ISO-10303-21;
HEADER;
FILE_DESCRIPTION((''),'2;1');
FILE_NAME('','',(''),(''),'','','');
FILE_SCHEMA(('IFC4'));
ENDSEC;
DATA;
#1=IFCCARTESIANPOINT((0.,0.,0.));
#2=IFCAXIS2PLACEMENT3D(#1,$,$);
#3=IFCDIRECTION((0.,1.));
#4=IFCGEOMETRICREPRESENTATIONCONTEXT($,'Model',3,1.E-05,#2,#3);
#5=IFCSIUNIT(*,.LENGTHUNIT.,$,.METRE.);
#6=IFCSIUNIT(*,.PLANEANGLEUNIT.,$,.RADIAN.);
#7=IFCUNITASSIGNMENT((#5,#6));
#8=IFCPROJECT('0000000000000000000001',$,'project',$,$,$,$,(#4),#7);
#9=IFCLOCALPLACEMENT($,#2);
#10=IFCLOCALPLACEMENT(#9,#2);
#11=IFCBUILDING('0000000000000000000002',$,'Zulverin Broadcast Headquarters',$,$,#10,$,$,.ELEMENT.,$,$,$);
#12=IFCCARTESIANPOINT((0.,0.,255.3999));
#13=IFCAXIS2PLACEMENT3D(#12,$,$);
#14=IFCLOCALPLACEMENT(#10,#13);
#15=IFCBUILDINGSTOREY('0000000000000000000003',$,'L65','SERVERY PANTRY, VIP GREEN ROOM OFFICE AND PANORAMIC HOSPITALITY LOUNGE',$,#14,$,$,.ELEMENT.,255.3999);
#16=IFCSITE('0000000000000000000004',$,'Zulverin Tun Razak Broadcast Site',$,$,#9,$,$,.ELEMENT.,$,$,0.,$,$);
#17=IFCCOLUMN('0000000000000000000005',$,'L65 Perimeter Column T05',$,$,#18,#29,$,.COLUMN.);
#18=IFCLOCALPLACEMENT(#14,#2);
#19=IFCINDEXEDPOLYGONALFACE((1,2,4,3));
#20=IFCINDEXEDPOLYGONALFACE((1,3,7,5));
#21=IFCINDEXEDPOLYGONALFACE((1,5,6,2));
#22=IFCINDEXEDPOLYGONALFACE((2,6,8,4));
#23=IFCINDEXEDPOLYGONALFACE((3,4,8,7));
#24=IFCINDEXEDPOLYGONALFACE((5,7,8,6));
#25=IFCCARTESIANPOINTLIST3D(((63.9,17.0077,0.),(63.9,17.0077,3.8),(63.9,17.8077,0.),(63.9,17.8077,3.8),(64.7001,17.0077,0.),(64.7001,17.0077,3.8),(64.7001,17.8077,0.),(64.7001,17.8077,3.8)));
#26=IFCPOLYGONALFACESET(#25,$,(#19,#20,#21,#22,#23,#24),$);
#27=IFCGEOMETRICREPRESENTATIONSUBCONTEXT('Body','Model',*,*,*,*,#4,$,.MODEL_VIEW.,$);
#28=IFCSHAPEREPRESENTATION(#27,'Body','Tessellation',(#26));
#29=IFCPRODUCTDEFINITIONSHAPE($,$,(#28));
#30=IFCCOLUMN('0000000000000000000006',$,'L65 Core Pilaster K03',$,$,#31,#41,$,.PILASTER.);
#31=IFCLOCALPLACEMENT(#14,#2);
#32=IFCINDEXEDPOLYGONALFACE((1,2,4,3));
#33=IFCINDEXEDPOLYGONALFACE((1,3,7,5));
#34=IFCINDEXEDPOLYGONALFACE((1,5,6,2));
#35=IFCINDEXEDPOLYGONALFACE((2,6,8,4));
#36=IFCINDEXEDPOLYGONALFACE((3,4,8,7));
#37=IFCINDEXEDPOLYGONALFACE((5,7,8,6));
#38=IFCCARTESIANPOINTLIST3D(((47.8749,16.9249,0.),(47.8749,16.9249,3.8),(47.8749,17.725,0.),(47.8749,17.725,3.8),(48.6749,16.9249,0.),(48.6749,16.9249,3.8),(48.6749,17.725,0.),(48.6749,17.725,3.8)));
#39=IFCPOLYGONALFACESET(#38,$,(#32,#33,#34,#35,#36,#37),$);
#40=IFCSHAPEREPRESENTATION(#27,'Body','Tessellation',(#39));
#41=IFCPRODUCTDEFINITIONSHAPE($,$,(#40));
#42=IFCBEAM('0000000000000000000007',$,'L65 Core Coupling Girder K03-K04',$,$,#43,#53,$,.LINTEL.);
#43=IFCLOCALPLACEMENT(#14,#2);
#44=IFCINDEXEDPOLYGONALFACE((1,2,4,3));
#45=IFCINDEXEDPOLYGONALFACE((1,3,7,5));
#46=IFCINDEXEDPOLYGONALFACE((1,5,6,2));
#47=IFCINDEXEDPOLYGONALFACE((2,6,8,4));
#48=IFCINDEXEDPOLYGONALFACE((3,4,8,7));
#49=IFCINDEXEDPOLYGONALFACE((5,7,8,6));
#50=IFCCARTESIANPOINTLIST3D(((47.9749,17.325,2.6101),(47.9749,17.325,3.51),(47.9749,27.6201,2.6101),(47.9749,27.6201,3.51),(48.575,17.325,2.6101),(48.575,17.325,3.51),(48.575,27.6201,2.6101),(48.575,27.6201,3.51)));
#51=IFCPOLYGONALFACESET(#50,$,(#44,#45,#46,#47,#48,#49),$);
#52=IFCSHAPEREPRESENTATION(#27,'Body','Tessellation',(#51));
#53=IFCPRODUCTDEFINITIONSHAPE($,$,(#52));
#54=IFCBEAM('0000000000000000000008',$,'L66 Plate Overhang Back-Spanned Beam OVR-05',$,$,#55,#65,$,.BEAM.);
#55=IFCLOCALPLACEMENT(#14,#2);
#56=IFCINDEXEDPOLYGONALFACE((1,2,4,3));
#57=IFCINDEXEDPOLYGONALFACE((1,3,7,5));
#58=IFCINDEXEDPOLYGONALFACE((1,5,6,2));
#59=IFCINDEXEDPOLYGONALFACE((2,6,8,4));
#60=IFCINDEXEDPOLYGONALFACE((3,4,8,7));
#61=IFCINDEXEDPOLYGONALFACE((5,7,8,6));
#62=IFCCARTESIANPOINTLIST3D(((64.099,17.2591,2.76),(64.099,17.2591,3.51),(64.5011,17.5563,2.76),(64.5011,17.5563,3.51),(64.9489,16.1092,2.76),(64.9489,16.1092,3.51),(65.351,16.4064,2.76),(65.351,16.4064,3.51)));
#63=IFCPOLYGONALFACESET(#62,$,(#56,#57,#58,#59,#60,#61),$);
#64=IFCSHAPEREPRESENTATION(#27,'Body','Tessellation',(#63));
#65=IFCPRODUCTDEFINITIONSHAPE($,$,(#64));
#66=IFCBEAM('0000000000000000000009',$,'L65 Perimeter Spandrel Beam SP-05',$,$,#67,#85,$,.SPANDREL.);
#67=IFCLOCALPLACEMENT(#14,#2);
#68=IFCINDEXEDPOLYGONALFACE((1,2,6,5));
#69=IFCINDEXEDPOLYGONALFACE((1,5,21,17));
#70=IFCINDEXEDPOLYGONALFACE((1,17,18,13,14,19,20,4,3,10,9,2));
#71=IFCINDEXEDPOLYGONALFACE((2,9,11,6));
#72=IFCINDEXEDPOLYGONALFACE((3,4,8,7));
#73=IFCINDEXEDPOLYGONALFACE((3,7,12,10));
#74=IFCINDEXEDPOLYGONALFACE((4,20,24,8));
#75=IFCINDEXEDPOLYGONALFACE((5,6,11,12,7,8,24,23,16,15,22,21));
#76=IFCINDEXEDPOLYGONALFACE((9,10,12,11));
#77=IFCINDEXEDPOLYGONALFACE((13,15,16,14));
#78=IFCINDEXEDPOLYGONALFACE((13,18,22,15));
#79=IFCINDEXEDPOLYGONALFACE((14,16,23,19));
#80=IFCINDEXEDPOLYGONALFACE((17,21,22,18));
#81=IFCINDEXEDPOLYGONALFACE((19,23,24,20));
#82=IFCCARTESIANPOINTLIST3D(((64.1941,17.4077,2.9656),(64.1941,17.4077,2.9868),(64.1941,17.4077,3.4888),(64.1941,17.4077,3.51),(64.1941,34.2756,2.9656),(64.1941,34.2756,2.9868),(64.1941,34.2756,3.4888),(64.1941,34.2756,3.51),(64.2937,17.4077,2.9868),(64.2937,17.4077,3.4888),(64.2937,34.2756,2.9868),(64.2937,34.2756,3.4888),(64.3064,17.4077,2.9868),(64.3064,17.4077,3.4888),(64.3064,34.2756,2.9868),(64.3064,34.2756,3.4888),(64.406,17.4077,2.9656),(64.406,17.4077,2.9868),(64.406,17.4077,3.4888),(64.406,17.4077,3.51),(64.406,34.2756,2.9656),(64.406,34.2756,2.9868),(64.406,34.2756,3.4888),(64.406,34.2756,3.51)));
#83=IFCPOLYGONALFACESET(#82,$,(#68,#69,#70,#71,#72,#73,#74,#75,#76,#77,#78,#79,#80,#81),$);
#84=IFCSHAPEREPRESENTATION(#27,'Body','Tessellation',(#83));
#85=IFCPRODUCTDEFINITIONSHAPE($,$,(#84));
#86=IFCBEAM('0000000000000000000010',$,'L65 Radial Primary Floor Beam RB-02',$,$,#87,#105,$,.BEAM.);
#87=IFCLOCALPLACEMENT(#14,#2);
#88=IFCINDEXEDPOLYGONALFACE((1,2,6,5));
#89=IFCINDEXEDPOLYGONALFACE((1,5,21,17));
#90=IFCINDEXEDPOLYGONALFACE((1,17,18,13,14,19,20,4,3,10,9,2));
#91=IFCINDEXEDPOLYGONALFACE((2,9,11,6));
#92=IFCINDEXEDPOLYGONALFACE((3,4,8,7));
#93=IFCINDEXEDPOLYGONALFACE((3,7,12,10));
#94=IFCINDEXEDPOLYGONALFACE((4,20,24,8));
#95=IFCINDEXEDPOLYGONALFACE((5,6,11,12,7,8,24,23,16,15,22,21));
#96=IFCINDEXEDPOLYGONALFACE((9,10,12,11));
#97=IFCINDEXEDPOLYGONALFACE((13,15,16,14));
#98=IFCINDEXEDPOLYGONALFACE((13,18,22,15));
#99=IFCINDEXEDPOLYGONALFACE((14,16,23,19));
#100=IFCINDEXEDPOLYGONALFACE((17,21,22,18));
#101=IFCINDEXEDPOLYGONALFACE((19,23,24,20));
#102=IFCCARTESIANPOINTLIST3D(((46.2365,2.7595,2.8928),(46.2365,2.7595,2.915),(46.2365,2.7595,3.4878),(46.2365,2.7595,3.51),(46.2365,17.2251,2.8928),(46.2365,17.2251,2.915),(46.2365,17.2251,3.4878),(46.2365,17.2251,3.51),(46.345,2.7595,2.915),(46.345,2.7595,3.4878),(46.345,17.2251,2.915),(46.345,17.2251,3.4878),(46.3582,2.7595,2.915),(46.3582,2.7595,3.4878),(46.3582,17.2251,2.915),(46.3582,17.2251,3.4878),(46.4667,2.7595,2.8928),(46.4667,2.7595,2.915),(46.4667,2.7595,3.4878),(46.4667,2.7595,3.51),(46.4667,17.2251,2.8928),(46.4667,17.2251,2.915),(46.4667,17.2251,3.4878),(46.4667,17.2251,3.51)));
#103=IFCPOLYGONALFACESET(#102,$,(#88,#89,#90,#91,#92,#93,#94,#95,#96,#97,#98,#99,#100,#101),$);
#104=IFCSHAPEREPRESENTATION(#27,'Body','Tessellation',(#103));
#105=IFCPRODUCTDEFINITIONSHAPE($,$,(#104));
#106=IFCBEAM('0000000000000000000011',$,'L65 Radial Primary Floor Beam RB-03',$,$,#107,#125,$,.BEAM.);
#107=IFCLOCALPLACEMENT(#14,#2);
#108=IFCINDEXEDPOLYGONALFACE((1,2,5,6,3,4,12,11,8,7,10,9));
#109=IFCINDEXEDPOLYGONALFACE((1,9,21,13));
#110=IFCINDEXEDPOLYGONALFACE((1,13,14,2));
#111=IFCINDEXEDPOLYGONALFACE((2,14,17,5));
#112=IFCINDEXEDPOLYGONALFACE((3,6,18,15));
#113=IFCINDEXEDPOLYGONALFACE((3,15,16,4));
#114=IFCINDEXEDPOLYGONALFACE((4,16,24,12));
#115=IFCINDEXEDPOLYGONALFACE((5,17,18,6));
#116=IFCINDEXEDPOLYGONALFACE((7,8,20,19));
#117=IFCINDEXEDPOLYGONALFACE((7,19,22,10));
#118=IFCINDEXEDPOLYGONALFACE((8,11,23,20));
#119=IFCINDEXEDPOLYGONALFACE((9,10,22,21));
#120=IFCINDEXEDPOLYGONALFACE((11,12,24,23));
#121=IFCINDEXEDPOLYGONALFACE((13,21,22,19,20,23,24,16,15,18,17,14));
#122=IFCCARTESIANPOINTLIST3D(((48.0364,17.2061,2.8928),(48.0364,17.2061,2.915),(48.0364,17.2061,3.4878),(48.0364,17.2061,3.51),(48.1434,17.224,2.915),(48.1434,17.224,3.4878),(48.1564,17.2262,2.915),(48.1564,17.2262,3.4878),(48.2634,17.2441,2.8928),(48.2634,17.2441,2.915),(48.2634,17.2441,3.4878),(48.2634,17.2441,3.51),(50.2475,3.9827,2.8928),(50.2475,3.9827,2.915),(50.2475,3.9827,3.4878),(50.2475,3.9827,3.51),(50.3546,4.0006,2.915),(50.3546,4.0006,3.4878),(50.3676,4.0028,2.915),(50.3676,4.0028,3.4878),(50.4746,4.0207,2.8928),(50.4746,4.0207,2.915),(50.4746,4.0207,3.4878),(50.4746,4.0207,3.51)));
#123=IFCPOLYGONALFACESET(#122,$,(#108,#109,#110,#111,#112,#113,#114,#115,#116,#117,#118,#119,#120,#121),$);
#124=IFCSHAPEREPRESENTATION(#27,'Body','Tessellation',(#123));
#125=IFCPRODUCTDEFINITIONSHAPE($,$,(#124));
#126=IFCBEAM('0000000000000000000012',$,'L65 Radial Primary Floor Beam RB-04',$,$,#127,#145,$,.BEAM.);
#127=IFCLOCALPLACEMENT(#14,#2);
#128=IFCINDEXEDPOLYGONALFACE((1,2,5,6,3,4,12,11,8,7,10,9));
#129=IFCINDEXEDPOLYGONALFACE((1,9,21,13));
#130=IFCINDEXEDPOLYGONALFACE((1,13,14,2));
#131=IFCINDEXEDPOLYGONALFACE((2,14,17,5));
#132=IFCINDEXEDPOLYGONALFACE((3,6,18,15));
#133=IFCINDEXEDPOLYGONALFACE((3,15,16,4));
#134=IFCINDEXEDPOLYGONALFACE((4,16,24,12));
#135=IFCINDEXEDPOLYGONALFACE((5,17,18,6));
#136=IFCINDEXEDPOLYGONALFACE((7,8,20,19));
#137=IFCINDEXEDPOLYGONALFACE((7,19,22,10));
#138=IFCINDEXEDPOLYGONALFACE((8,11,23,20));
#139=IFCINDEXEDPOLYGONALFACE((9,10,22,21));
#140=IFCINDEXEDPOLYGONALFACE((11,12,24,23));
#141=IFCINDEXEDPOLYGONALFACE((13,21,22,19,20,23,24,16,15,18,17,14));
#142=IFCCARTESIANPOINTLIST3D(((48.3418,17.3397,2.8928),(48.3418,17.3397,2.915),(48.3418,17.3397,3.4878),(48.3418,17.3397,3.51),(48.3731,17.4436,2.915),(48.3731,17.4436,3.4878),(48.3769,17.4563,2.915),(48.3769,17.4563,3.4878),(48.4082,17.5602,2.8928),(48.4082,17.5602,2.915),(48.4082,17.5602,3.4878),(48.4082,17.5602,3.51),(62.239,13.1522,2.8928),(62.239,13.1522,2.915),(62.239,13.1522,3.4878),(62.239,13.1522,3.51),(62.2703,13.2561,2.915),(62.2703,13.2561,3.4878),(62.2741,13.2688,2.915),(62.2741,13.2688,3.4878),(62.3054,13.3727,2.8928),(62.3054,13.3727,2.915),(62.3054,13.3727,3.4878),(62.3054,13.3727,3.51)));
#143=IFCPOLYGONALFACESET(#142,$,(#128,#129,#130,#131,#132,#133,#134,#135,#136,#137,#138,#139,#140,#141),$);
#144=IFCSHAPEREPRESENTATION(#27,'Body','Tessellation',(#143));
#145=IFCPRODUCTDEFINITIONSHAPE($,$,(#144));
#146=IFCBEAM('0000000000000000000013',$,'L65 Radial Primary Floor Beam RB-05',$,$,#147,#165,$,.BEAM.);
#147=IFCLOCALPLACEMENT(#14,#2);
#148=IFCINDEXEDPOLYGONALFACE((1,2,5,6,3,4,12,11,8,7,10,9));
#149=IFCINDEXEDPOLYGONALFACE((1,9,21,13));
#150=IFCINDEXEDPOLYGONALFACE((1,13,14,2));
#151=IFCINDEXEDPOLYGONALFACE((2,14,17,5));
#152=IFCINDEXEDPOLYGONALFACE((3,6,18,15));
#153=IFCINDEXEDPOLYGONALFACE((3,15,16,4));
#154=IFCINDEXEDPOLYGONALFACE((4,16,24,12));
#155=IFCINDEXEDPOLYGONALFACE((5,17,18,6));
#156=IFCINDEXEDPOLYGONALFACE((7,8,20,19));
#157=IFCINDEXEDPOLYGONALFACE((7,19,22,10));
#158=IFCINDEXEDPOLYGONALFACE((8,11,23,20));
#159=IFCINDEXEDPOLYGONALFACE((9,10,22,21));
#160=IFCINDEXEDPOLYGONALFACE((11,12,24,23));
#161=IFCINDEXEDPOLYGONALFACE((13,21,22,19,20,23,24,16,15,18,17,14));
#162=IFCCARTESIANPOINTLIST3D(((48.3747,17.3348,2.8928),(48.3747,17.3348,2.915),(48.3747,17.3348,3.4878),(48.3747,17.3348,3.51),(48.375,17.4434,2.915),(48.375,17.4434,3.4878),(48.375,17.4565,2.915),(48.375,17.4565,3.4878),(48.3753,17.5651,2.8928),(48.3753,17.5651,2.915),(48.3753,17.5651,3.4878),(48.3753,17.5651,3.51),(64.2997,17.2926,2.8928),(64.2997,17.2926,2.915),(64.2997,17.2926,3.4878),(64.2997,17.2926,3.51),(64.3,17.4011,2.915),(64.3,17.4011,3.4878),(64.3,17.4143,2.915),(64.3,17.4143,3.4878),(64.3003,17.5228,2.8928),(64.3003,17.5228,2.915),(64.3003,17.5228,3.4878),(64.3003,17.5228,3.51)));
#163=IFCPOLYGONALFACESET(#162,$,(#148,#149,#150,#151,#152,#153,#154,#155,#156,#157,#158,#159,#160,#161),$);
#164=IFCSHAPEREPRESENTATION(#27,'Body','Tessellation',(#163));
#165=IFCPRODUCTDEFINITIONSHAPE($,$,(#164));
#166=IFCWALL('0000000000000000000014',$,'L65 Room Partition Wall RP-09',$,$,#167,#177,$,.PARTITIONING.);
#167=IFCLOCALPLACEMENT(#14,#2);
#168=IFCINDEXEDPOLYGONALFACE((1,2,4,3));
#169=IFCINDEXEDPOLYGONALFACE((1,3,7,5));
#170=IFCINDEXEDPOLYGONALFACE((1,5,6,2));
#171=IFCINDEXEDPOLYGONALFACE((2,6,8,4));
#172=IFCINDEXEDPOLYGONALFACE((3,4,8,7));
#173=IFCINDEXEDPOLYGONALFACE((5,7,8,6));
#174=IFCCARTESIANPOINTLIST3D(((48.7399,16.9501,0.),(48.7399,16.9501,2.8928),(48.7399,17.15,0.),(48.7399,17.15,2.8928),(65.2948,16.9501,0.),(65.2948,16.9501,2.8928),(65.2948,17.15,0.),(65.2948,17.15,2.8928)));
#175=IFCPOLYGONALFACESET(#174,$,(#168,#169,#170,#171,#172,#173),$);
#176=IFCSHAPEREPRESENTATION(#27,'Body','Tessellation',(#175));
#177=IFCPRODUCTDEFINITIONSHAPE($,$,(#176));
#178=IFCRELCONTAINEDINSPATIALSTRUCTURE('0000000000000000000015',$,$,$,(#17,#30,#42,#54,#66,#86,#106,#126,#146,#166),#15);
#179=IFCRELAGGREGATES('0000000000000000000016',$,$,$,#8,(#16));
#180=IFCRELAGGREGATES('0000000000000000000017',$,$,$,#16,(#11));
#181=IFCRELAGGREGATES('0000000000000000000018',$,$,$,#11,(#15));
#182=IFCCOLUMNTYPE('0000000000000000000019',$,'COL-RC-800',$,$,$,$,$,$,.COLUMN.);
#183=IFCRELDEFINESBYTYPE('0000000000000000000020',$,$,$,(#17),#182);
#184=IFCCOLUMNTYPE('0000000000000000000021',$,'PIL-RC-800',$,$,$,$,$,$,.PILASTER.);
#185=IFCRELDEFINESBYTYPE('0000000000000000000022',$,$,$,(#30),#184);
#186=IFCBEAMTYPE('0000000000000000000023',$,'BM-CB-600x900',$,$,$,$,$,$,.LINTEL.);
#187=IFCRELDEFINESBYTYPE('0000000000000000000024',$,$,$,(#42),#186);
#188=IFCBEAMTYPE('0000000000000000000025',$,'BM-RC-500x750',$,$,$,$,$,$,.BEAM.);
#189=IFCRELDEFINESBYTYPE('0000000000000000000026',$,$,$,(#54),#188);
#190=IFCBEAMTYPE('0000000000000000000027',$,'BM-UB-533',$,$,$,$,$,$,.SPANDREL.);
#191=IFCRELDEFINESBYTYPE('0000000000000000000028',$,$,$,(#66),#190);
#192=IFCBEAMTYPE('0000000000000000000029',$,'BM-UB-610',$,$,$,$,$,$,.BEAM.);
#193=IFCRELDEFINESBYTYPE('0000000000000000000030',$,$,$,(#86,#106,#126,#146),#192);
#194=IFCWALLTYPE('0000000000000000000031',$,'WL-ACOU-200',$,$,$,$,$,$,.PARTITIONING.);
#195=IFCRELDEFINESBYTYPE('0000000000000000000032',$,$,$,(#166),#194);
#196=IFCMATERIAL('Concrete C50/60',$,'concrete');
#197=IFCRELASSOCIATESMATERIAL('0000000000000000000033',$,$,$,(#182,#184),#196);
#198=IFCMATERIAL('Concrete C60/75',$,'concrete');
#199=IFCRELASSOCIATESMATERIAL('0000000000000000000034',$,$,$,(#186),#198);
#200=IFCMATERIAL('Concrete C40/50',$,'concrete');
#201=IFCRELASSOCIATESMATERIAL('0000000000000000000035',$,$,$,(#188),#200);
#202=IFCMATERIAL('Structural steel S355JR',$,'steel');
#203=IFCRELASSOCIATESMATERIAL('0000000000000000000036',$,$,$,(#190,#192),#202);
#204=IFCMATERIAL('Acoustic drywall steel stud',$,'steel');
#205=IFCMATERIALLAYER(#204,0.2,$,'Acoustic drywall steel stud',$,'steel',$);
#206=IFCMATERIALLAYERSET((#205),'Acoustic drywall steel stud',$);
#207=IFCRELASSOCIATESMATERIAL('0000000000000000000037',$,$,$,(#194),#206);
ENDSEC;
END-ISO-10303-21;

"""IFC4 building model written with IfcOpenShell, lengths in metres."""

from ifc_helpers import new_model, si_unit, direction, frame, frame_2d, origin, origin_2d, place, context, subcontext, project, spatial, rectangle, i_section, extrude, material, layer, layer_set, material_profile, profile_set, type_object, element, save


model = new_model("IFC4")

# Units and contexts
model_context = context("Model", 3, precision=1e-05, world=origin(), true_north=direction((0.0, 1.0)))
body_context = subcontext(model_context, "Body", "Model", "MODEL_VIEW")
ifc_project = project(units=[si_unit("LENGTHUNIT", "METRE"), si_unit("PLANEANGLEUNIT", "RADIAN")], contexts=[model_context])

# Site, building, storey
site_placement = place(None, origin())
site = spatial("IfcSite", under=ifc_project, at=site_placement, Name="Zulverin Tun Razak Broadcast Site", CompositionType="ELEMENT", RefElevation=0.0)
building_placement = place(site_placement, origin())
building = spatial("IfcBuilding", under=site, at=building_placement, Name="Zulverin Broadcast Headquarters", CompositionType="ELEMENT")
storey_placement = place(building_placement, frame((0.0, 0.0, 255.3999)))
storey = spatial("IfcBuildingStorey", under=building, at=storey_placement, Name="L65", Description="SERVERY PANTRY, VIP GREEN ROOM OFFICE AND PANORAMIC HOSPITALITY LOUNGE", CompositionType="ELEMENT", Elevation=255.3999)

# Columns
ifc_material_1 = material(Name="Concrete C50/60", Category="concrete")
ifc_material_profile_1 = material_profile(ifc_material_1, rectangle(XDim=0.8, YDim=0.8, at=origin_2d()), Name="Concrete C50/60", Category="concrete")
ifc_profile_set_1 = profile_set([ifc_material_profile_1], Name="Concrete C50/60")
column_type_1 = type_object("IfcColumnType", Name="COL-RC-800", PredefinedType="COLUMN", material=ifc_profile_set_1)
column_1_placement = place(storey_placement, frame((64.3, 17.4077, 0.0), z_axis=(0.0, 0.0, 1.0), x_axis=(1.0, 0.0, 0.0)))
element("IfcColumn", 1, at=column_1_placement, inside=storey, type_object=column_type_1, Name="L65 Perimeter Column T05", PredefinedType="COLUMN", context=body_context, shape_type="SweptSolid", body=[
    extrude(rectangle(XDim=0.8, YDim=0.8, at=origin_2d()), origin(), (0.0, 0.0, 1.0), 3.8),
])
ifc_material_profile_2 = material_profile(ifc_material_1, rectangle(XDim=0.8, YDim=0.8, at=origin_2d()), Name="Concrete C50/60", Category="concrete")
ifc_profile_set_2 = profile_set([ifc_material_profile_2], Name="Concrete C50/60")
column_type_2 = type_object("IfcColumnType", Name="PIL-RC-800", PredefinedType="PILASTER", material=ifc_profile_set_2)
column_2_placement = place(storey_placement, frame((48.2749, 17.325, 0.0), z_axis=(0.0, 0.0, 1.0), x_axis=(1.0, 0.0, 0.0)))
element("IfcColumn", 2, at=column_2_placement, inside=storey, type_object=column_type_2, Name="L65 Core Pilaster K03", PredefinedType="PILASTER", context=body_context, shape_type="SweptSolid", body=[
    extrude(rectangle(XDim=0.8, YDim=0.8, at=origin_2d()), origin(), (0.0, 0.0, 1.0), 3.8),
])

# Beams
ifc_material_2 = material(Name="Concrete C60/75", Category="concrete")
ifc_material_profile_3 = material_profile(ifc_material_2, rectangle(XDim=0.6001, YDim=0.8999, at=origin_2d()), Name="Concrete C60/75", Category="concrete")
ifc_profile_set_3 = profile_set([ifc_material_profile_3], Name="Concrete C60/75")
beam_type_1 = type_object("IfcBeamType", Name="BM-CB-600x900", PredefinedType="LINTEL", material=ifc_profile_set_3)
beam_1_placement = place(storey_placement, frame((48.2749, 17.325, 3.0601), z_axis=(0.0, 1.0, 0.0), x_axis=(-1.0, 0.0, 0.0)))
element("IfcBeam", 3, at=beam_1_placement, inside=storey, type_object=beam_type_1, Name="L65 Core Coupling Girder K03-K04", PredefinedType="LINTEL", context=body_context, shape_type="SweptSolid", body=[
    extrude(rectangle(XDim=0.6001, YDim=0.8999, at=origin_2d()), origin(), (0.0, 0.0, 1.0), 10.2952),
])
ifc_material_3 = material(Name="Concrete C40/50", Category="concrete")
ifc_material_profile_4 = material_profile(ifc_material_3, rectangle(XDim=0.5, YDim=0.75, at=origin_2d()), Name="Concrete C40/50", Category="concrete")
ifc_profile_set_4 = profile_set([ifc_material_profile_4], Name="Concrete C40/50")
beam_type_2 = type_object("IfcBeamType", Name="BM-RC-500x750", PredefinedType="BEAM", material=ifc_profile_set_4)
beam_2_placement = place(storey_placement, frame((64.3, 17.4077, 3.135), z_axis=(0.594357, -0.804201, 0.0), x_axis=(0.804201, 0.594357, 0.0)))
element("IfcBeam", 4, at=beam_2_placement, inside=storey, type_object=beam_type_2, Name="L66 Plate Overhang Back-Spanned Beam OVR-05", PredefinedType="BEAM", context=body_context, shape_type="SweptSolid", body=[
    extrude(rectangle(XDim=0.5, YDim=0.75, at=origin_2d()), origin(), (0.0, 0.0, 1.0), 1.4299),
])
ifc_material_4 = material(Name="Structural steel S355JR", Category="steel")
ifc_material_profile_5 = material_profile(ifc_material_4, i_section(OverallWidth=0.2119, OverallDepth=0.5444, WebThickness=0.0127, FlangeThickness=0.0212, at=origin_2d()), Name="Structural steel S355JR", Category="steel")
ifc_profile_set_5 = profile_set([ifc_material_profile_5], Name="Structural steel S355JR")
beam_type_3 = type_object("IfcBeamType", Name="BM-UB-533", PredefinedType="SPANDREL", material=ifc_profile_set_5)
beam_3_placement = place(storey_placement, frame((64.3, 17.4077, 3.2378), z_axis=(0.0, 1.0, 0.0), x_axis=(-1.0, 0.0, 0.0)))
element("IfcBeam", 5, at=beam_3_placement, inside=storey, type_object=beam_type_3, Name="L65 Perimeter Spandrel Beam SP-05", PredefinedType="SPANDREL", context=body_context, shape_type="SweptSolid", body=[
    extrude(i_section(OverallWidth=0.2119, OverallDepth=0.5444, WebThickness=0.0127, FlangeThickness=0.0212, at=origin_2d()), origin(), (0.0, 0.0, 1.0), 16.8679),
])
ifc_material_profile_6 = material_profile(ifc_material_4, i_section(OverallWidth=0.2302, OverallDepth=0.6172, WebThickness=0.0132, FlangeThickness=0.0222, at=origin_2d()), Name="Structural steel S355JR", Category="steel")
ifc_profile_set_6 = profile_set([ifc_material_profile_6], Name="Structural steel S355JR")
beam_type_4 = type_object("IfcBeamType", Name="BM-UB-610", PredefinedType="BEAM", material=ifc_profile_set_6)
beam_4_placement = place(storey_placement, frame((46.3516, 17.2251, 3.2014), z_axis=(0.0, -1.0, 0.0), x_axis=(1.0, 0.0, 0.0)))
element("IfcBeam", 6, at=beam_4_placement, inside=storey, type_object=beam_type_4, Name="L65 Radial Primary Floor Beam RB-02", PredefinedType="BEAM", context=body_context, shape_type="SweptSolid", body=[
    extrude(i_section(OverallWidth=0.2302, OverallDepth=0.6172, WebThickness=0.0132, FlangeThickness=0.0222, at=origin_2d()), origin(), (0.0, 0.0, 1.0), 14.4656),
])
beam_5_placement = place(storey_placement, frame((48.1499, 17.2251, 3.2014), z_axis=(0.164928, -0.986306, 0.0), x_axis=(0.986306, 0.164928, 0.0)))
element("IfcBeam", 7, at=beam_5_placement, inside=storey, type_object=beam_type_4, Name="L65 Radial Primary Floor Beam RB-03", PredefinedType="BEAM", context=body_context, shape_type="SweptSolid", body=[
    extrude(i_section(OverallWidth=0.2302, OverallDepth=0.6172, WebThickness=0.0132, FlangeThickness=0.0222, at=origin_2d()), origin(), (0.0, 0.0, 1.0), 13.407),
])
beam_6_placement = place(storey_placement, frame((48.375, 17.45, 3.2014), z_axis=(0.957478, -0.288507, 0.0), x_axis=(0.288507, 0.957478, 0.0)))
element("IfcBeam", 8, at=beam_6_placement, inside=storey, type_object=beam_type_4, Name="L65 Radial Primary Floor Beam RB-04", PredefinedType="BEAM", context=body_context, shape_type="SweptSolid", body=[
    extrude(i_section(OverallWidth=0.2302, OverallDepth=0.6172, WebThickness=0.0132, FlangeThickness=0.0222, at=origin_2d()), origin(), (0.0, 0.0, 1.0), 14.5144),
])
beam_7_placement = place(storey_placement, frame((48.375, 17.45, 3.2014), z_axis=(0.999996, -0.002652, 0.0), x_axis=(0.002652, 0.999996, 0.0)))
element("IfcBeam", 9, at=beam_7_placement, inside=storey, type_object=beam_type_4, Name="L65 Radial Primary Floor Beam RB-05", PredefinedType="BEAM", context=body_context, shape_type="SweptSolid", body=[
    extrude(i_section(OverallWidth=0.2302, OverallDepth=0.6172, WebThickness=0.0132, FlangeThickness=0.0222, at=origin_2d()), origin(), (0.0, 0.0, 1.0), 15.925),
])

# Wall
ifc_material_5 = material(Name="Acoustic drywall steel stud", Category="steel")
ifc_layer_1 = layer(ifc_material_5, 0.2, Name="Acoustic drywall steel stud", Category="steel")
ifc_layer_set_1 = layer_set([ifc_layer_1], Name="Acoustic drywall steel stud")
wall_type_1 = type_object("IfcWallType", Name="WL-ACOU-200", PredefinedType="PARTITIONING", material=ifc_layer_set_1)
wall_1_placement = place(storey_placement, frame((48.74, 17.05, 0.0), z_axis=(0.0, 0.0, 1.0), x_axis=(1.0, 0.0, 0.0)))
element("IfcWall", 10, at=wall_1_placement, inside=storey, type_object=wall_type_1, Name="L65 Room Partition Wall RP-09", PredefinedType="PARTITIONING", context=body_context, shape_type="SweptSolid", body=[
    extrude(rectangle(XDim=16.5549, YDim=0.2, at=frame_2d((8.2773, 0.0))), origin(), (0.0, 0.0, 1.0), 2.8928),
])

save(model, "model.ifc")
